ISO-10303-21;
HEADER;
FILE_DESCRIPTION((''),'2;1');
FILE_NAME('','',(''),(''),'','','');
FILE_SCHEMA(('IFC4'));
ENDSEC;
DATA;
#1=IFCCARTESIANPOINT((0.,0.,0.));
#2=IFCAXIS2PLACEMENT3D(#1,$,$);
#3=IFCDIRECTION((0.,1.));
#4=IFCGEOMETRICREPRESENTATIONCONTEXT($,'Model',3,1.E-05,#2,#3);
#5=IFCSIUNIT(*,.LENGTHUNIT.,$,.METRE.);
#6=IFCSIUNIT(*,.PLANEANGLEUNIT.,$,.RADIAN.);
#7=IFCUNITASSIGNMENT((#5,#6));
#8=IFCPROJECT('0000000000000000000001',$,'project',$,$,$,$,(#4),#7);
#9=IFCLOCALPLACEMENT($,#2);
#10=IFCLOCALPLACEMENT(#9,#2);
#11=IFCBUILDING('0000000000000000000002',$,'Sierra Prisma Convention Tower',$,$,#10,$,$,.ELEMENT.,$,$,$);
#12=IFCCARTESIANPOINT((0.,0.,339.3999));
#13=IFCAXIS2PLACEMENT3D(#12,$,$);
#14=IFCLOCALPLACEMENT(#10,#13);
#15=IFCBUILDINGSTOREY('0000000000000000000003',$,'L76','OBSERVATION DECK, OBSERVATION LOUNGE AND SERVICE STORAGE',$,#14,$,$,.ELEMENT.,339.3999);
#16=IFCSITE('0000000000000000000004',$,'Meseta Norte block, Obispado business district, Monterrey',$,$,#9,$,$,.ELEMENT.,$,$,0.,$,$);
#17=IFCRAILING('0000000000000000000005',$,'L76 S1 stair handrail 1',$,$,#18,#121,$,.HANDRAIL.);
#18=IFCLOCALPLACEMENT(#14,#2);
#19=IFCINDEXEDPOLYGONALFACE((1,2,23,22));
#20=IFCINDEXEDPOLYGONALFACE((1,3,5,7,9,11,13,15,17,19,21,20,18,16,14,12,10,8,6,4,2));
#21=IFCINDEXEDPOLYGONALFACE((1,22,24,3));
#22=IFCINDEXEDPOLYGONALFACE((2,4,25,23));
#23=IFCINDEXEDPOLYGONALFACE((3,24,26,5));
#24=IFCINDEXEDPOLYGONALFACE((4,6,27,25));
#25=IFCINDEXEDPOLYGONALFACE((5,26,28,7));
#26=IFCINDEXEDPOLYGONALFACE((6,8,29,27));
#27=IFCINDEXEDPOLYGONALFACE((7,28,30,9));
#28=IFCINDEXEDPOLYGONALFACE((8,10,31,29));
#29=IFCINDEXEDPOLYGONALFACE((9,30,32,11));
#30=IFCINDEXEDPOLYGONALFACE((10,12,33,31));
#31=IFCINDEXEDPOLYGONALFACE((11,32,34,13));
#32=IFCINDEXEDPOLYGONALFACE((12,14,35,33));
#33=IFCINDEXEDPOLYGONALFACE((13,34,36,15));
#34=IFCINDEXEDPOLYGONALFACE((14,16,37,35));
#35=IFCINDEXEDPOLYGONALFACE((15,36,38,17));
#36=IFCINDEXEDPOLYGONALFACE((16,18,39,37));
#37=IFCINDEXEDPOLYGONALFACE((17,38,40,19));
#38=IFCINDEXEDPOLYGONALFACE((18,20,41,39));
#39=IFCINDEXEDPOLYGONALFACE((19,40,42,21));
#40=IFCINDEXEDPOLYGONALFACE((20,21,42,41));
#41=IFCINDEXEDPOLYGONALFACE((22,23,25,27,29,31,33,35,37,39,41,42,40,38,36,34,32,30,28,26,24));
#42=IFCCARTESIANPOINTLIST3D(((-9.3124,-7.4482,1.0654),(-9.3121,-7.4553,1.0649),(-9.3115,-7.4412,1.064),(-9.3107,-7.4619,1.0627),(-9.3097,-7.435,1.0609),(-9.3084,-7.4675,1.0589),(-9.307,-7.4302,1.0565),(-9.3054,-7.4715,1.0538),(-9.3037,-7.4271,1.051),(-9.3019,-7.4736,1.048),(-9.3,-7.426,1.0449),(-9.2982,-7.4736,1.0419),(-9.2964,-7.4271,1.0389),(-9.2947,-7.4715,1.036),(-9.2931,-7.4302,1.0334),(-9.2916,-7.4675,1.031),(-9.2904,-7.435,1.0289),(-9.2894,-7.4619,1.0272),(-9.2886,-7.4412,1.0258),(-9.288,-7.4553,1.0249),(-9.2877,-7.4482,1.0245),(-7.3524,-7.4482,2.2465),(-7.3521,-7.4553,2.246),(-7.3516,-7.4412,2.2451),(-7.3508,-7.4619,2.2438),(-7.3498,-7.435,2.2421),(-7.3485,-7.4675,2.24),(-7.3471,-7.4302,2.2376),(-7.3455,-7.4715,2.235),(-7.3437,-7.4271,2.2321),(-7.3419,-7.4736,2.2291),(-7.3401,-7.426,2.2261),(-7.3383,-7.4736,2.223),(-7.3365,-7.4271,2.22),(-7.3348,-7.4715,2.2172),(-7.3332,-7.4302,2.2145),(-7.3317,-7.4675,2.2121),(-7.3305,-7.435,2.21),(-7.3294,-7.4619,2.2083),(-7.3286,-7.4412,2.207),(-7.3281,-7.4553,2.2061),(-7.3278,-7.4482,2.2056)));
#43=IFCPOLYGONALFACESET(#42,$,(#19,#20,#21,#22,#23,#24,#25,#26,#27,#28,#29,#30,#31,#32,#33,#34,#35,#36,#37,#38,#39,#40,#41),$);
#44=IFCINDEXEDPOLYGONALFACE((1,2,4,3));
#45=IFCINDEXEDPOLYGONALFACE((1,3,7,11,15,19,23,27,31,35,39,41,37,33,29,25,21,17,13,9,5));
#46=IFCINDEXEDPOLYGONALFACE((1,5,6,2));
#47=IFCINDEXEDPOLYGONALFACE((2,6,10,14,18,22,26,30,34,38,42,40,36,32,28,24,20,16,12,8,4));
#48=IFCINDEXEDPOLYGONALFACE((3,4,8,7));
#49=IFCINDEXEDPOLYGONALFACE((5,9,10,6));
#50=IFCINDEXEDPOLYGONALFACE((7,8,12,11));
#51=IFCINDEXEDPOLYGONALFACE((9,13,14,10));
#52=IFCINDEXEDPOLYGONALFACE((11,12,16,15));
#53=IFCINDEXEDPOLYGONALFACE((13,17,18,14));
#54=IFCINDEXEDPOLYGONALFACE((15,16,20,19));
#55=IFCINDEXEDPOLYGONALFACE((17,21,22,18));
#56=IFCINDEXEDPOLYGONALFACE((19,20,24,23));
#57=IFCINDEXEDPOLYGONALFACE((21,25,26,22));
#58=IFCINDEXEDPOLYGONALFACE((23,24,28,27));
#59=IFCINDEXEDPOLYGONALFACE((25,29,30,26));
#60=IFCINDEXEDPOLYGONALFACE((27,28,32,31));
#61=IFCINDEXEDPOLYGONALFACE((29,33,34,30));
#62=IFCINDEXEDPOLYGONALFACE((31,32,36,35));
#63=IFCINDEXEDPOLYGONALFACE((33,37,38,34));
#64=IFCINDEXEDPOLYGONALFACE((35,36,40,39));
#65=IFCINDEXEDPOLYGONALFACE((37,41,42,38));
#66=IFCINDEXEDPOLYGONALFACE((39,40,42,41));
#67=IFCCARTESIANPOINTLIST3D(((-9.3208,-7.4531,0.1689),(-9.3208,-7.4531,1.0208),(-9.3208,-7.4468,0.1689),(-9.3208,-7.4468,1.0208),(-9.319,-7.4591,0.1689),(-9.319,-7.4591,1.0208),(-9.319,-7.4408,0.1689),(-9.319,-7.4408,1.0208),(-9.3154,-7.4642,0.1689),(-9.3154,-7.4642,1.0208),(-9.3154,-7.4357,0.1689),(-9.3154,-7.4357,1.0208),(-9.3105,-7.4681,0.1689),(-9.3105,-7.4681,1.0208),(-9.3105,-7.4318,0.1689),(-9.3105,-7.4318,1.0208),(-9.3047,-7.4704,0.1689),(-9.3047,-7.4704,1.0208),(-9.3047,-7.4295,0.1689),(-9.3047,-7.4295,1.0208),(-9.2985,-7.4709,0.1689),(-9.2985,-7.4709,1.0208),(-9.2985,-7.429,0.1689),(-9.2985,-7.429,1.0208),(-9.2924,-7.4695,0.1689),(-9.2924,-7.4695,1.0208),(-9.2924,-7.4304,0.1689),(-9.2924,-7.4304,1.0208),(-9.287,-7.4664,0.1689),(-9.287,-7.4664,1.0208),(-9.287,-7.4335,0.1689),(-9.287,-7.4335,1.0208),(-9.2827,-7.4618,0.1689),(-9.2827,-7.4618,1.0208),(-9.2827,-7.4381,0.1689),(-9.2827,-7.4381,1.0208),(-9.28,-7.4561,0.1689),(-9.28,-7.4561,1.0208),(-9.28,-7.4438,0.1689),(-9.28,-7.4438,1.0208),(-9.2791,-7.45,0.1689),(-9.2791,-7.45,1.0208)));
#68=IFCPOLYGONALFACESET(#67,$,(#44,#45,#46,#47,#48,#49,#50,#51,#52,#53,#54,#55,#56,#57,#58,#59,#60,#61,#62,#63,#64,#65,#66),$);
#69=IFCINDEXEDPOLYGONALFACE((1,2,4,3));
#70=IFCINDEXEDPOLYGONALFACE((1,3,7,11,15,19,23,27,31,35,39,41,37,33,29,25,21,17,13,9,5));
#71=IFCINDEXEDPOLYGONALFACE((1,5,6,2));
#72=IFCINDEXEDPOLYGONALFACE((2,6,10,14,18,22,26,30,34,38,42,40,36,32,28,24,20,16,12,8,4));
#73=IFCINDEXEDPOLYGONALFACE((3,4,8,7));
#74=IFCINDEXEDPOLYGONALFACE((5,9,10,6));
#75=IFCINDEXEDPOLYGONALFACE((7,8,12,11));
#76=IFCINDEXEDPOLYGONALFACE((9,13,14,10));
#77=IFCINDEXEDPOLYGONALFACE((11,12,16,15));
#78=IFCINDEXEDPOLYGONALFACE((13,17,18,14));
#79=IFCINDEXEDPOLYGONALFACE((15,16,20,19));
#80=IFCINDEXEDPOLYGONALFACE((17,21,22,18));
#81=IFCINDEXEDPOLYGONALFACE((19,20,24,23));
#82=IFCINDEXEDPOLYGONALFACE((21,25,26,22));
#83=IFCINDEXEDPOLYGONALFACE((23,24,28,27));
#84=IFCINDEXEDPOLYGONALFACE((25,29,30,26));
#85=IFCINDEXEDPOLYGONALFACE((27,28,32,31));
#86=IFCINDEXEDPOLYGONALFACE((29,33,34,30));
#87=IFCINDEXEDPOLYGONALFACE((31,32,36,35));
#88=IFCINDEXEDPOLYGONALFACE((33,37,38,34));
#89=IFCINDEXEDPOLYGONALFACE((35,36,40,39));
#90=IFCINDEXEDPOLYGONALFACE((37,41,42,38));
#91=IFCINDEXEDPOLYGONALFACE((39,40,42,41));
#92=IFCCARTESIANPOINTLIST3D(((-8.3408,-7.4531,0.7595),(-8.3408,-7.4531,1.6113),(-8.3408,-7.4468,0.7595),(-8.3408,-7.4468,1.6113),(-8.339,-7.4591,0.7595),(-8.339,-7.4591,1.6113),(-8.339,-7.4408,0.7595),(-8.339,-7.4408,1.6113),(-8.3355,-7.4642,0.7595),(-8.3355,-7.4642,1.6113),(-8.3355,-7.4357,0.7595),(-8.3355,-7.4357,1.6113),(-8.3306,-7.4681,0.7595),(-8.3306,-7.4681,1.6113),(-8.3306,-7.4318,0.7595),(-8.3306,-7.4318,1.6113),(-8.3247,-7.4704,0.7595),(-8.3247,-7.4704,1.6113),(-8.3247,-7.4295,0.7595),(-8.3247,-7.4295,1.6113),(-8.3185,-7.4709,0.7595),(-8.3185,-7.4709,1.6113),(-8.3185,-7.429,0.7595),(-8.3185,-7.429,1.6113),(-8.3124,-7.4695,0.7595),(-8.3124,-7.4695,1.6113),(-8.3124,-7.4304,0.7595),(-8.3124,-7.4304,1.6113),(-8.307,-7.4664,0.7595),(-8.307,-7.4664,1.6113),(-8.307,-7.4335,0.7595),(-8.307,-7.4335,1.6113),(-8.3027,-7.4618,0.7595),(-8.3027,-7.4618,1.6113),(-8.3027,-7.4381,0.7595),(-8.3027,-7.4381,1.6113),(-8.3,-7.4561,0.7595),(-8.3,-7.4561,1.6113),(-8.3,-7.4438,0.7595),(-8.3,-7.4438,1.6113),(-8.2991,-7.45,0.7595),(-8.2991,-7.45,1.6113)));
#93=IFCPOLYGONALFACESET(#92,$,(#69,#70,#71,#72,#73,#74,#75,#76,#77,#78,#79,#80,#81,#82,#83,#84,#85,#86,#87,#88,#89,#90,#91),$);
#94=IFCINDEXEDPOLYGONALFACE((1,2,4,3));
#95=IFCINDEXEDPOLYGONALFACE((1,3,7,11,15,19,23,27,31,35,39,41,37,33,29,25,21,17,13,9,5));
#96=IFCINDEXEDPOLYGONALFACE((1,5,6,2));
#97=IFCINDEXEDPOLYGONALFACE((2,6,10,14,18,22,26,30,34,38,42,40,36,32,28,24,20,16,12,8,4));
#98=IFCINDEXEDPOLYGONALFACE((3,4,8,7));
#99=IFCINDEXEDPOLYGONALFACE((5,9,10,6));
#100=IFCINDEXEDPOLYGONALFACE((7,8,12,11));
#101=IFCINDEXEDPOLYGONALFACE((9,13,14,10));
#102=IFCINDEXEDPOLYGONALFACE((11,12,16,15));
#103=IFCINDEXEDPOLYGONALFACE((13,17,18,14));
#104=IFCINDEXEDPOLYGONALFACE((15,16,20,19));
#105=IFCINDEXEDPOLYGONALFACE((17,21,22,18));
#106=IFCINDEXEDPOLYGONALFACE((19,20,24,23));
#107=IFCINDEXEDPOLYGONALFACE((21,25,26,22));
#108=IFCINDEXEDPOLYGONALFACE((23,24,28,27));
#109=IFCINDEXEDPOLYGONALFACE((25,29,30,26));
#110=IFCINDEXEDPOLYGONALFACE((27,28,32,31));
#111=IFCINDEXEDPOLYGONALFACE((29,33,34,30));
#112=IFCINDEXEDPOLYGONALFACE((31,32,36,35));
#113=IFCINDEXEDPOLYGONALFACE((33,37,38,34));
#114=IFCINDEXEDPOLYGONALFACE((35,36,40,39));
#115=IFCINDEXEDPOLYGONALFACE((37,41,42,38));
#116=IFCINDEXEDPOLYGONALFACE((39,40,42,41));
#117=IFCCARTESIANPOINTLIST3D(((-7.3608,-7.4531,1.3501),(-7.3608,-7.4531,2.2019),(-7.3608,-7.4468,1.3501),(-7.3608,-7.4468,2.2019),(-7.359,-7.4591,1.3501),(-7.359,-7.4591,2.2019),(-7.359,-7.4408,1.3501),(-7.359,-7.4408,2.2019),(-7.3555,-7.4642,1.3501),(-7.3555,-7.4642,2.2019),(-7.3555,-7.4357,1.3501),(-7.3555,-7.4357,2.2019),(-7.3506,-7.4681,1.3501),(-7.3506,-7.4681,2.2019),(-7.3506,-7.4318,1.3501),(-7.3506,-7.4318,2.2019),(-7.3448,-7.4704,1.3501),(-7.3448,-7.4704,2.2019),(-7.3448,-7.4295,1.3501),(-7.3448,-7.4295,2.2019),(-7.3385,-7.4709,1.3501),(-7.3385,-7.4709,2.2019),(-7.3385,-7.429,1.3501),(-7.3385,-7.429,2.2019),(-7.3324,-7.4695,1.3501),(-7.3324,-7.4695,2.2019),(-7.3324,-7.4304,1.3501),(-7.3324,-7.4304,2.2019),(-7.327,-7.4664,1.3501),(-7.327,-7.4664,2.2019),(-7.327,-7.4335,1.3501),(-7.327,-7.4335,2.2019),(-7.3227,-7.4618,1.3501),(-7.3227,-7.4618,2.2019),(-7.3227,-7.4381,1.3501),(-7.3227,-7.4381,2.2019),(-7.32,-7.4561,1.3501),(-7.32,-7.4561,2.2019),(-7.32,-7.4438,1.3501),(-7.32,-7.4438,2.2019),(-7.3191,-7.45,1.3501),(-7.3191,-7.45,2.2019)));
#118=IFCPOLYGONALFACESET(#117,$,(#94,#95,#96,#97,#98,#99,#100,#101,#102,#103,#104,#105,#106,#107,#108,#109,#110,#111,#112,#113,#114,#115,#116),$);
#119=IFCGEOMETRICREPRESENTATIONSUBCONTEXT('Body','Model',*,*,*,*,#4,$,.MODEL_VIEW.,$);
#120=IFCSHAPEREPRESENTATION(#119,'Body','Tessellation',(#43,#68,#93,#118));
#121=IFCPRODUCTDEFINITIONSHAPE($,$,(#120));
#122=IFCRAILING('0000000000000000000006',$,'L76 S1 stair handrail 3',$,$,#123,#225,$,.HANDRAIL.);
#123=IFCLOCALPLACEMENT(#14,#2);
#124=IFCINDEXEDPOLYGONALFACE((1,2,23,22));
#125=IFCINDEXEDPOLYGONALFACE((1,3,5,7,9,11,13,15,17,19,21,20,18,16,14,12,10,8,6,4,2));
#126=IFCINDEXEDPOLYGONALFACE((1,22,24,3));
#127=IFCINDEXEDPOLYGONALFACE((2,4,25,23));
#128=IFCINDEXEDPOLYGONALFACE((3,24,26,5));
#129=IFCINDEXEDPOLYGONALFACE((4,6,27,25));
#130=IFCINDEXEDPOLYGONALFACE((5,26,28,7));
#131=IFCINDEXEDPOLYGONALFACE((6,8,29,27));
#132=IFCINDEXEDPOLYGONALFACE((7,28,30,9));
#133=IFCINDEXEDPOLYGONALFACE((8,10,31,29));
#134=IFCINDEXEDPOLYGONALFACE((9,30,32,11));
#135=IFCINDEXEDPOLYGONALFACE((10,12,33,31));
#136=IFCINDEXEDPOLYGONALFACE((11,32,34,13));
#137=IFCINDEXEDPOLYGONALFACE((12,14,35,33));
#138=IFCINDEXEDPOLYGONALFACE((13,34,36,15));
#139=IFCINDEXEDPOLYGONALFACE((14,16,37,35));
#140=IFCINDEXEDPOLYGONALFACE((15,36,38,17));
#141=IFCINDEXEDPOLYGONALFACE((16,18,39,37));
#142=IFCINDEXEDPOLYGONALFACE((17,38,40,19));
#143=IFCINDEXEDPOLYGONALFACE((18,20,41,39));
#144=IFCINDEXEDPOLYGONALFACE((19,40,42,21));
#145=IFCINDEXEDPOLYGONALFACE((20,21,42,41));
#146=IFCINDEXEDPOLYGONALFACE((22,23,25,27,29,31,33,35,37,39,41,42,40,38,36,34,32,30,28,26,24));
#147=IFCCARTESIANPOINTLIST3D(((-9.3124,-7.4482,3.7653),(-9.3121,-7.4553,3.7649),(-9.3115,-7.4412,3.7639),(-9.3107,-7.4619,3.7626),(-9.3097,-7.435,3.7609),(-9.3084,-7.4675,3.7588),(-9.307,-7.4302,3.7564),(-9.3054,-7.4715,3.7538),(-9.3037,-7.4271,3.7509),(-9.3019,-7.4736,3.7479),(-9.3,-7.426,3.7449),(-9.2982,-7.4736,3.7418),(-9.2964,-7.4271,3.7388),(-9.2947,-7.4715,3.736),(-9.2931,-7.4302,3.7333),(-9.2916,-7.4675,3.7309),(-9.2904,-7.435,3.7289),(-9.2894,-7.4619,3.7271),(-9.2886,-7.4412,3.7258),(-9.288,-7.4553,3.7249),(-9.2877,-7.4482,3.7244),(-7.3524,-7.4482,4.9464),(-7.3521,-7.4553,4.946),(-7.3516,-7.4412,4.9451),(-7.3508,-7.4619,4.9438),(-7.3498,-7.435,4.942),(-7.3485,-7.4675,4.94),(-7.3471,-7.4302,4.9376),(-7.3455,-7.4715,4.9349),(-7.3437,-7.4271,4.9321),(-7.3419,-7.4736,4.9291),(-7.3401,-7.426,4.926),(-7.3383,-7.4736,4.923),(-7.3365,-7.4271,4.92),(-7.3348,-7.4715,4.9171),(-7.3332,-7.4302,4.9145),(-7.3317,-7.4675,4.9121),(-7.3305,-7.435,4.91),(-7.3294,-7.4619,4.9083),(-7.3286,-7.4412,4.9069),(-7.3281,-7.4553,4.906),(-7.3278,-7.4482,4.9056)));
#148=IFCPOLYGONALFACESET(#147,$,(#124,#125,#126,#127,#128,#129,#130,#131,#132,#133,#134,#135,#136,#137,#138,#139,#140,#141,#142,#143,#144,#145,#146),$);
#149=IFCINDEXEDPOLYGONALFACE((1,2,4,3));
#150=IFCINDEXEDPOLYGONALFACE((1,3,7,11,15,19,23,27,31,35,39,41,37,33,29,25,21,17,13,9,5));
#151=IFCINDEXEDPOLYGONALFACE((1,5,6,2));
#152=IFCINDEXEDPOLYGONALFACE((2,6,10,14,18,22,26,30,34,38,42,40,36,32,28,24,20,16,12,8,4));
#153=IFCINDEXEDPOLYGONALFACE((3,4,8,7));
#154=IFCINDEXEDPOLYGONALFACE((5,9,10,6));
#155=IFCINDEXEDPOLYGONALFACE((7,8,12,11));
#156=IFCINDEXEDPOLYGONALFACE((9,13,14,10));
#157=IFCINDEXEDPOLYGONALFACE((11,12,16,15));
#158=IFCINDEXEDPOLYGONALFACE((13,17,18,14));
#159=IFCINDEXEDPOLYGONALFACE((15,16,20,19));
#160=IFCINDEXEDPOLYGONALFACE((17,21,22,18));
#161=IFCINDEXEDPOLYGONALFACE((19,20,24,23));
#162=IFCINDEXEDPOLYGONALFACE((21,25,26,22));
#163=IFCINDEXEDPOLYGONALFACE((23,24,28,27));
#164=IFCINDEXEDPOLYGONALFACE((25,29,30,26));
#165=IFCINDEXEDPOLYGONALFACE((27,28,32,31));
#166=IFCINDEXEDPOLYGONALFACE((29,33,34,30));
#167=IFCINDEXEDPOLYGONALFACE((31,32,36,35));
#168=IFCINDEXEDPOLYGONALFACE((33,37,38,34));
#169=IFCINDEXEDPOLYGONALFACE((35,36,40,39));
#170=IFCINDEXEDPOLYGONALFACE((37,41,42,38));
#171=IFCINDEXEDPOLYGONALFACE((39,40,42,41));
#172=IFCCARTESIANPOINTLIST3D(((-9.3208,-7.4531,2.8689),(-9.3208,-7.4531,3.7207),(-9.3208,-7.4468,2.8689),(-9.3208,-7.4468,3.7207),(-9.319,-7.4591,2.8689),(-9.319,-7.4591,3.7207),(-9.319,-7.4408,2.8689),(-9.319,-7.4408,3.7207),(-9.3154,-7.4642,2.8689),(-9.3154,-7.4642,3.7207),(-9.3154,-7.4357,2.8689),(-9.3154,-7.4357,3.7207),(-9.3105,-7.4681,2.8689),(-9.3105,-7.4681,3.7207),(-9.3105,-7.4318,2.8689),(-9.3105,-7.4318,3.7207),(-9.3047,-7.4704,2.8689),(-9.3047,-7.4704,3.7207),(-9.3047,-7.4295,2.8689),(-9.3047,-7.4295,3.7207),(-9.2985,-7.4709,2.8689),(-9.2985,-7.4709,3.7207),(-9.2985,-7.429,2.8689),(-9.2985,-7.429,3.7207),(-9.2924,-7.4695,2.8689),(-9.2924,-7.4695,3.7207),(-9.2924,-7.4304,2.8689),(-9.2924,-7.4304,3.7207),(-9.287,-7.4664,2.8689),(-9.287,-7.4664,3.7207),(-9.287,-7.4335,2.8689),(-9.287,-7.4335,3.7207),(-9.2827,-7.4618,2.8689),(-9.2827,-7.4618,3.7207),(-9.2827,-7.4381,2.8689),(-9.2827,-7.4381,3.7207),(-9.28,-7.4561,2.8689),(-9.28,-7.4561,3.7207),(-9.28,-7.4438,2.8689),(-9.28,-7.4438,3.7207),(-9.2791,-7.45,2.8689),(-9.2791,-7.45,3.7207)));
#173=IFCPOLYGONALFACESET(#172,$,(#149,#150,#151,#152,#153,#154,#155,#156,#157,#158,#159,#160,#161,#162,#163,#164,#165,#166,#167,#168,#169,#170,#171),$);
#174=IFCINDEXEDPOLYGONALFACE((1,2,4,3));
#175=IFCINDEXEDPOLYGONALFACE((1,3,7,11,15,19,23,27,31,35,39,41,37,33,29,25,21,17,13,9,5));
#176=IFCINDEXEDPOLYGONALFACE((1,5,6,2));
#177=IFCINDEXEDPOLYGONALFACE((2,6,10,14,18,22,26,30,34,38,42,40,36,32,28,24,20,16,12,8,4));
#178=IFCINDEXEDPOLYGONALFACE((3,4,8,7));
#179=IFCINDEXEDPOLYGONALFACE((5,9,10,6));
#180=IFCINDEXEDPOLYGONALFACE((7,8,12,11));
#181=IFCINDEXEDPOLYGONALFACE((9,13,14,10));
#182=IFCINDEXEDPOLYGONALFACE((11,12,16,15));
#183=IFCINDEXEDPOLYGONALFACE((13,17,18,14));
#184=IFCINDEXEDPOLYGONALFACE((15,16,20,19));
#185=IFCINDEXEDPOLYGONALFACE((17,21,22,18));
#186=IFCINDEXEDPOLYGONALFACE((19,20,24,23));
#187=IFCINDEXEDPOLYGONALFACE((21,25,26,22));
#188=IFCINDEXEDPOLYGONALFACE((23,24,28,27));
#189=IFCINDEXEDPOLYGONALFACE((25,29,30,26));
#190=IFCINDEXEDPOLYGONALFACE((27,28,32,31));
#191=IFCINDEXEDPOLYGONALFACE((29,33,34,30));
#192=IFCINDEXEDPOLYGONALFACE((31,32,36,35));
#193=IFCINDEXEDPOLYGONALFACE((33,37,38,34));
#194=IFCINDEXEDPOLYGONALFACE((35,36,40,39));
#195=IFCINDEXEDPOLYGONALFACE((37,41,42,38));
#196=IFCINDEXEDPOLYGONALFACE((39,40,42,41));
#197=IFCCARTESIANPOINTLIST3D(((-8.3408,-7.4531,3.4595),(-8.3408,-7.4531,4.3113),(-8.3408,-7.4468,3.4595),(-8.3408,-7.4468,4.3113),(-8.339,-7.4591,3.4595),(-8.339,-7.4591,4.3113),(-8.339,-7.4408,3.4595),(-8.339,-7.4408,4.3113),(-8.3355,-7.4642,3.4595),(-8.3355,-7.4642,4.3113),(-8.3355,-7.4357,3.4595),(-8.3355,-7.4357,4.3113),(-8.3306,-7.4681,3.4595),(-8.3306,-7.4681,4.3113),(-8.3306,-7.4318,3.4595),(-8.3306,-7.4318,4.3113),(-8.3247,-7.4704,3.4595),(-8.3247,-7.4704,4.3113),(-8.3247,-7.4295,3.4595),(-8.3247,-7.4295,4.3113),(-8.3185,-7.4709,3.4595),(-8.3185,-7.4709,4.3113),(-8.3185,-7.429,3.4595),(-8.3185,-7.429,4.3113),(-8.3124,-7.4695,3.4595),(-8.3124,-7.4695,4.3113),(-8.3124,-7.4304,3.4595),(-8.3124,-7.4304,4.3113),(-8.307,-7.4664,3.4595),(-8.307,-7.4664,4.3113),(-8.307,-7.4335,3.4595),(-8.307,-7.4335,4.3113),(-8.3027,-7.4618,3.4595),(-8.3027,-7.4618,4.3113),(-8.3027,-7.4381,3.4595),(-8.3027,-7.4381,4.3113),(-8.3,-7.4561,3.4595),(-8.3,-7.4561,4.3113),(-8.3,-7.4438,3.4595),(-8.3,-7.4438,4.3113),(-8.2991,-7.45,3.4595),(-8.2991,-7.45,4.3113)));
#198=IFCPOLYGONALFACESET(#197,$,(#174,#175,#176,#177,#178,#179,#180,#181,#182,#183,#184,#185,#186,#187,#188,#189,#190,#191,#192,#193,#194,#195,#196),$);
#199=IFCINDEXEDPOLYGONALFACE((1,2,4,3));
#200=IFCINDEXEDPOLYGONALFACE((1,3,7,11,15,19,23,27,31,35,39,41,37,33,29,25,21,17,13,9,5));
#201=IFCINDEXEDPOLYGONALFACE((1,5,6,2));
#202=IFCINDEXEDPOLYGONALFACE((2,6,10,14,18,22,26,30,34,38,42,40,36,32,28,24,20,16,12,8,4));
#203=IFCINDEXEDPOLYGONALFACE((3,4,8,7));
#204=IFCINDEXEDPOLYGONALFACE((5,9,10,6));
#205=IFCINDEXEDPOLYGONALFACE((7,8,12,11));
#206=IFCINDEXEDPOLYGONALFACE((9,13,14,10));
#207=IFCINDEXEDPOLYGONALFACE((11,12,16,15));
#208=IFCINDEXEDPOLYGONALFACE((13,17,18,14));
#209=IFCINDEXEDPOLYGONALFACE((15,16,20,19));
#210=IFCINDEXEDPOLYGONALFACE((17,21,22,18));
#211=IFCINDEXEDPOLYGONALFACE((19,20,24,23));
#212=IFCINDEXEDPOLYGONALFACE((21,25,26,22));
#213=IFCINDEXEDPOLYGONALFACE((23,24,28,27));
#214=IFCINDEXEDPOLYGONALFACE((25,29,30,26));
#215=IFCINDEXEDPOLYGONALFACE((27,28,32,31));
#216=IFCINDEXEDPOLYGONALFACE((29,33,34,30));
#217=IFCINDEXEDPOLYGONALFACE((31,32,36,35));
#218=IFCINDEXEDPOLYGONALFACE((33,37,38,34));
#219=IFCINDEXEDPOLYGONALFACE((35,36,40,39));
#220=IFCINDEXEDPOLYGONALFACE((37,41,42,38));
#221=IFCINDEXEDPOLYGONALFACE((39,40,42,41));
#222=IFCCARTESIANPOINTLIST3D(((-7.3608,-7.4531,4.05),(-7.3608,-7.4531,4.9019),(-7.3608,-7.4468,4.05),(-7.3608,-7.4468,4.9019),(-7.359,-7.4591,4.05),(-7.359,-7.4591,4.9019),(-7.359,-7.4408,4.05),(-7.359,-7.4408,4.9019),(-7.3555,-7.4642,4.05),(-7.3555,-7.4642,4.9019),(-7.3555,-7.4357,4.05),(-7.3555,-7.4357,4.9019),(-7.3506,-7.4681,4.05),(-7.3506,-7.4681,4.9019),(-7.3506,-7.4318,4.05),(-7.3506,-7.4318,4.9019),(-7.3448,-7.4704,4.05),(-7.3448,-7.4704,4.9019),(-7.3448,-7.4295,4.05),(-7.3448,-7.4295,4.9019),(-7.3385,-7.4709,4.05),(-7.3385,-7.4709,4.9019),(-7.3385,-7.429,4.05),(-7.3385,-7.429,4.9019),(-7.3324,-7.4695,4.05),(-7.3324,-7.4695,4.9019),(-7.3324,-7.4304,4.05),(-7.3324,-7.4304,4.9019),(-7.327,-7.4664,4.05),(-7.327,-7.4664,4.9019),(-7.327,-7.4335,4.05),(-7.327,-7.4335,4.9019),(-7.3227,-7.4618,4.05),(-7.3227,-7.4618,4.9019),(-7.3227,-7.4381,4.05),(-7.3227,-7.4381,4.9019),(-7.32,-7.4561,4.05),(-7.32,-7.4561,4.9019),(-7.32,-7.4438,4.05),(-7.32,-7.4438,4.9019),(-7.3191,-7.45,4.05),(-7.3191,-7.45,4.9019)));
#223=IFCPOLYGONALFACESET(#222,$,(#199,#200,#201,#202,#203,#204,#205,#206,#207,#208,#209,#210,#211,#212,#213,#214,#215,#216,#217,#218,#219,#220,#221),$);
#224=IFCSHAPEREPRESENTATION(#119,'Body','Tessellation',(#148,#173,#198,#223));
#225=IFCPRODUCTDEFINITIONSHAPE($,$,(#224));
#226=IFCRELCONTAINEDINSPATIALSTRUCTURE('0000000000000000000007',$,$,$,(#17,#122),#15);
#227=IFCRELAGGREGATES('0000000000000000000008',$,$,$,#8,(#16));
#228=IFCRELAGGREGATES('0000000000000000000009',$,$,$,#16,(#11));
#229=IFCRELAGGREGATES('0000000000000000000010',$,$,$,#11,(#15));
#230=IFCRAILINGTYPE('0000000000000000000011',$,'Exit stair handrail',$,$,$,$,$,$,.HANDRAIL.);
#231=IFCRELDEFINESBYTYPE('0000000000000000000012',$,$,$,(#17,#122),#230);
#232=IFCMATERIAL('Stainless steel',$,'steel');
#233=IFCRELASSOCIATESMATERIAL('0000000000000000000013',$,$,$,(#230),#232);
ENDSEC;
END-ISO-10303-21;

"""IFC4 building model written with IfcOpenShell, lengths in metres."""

from ifc_helpers import new_model, si_unit, direction, frame, origin, origin_2d, place, context, subcontext, project, spatial, circle, extrude, material, type_object, element, save


model = new_model("IFC4")

# Units and contexts
model_context = context("Model", 3, precision=1e-05, world=origin(), true_north=direction((0.0, 1.0)))
body_context = subcontext(model_context, "Body", "Model", "MODEL_VIEW")
ifc_project = project(units=[si_unit("LENGTHUNIT", "METRE"), si_unit("PLANEANGLEUNIT", "RADIAN")], contexts=[model_context])

# Site, building, storey
site_placement = place(None, origin())
site = spatial("IfcSite", under=ifc_project, at=site_placement, Name="Meseta Norte block, Obispado business district, Monterrey", CompositionType="ELEMENT", RefElevation=0.0)
building_placement = place(site_placement, origin())
building = spatial("IfcBuilding", under=site, at=building_placement, Name="Sierra Prisma Convention Tower", CompositionType="ELEMENT")
storey_placement = place(building_placement, frame((0.0, 0.0, 339.3999)))
storey = spatial("IfcBuildingStorey", under=building, at=storey_placement, Name="L76", Description="OBSERVATION DECK, OBSERVATION LOUNGE AND SERVICE STORAGE", CompositionType="ELEMENT", Elevation=339.3999)

# Railings
ifc_material_1 = material(Name="Stainless steel", Category="steel")
railing_type_1 = type_object("IfcRailingType", Name="Exit stair handrail", PredefinedType="HANDRAIL", material=ifc_material_1)
for number, where, name in (
    (1, (-9.3, -7.45, 0.1689), "L76 S1 stair handrail 1"),
    (2, (-9.3, -7.45, 2.8689), "L76 S1 stair handrail 3"),
):
    element("IfcRailing", number, at=place(storey_placement, frame(where)), inside=storey, type_object=railing_type_1, Name=name, PredefinedType="HANDRAIL", context=body_context, shape_type="SweptSolid", body=[
        extrude(circle(Radius=0.0239, at=origin_2d()), frame((0.0, 0.0, 0.876), z_axis=(0.856493, 0.0, 0.516158), x_axis=(0.0, 1.0, 0.0)), (0.0, 0.0, 1.0), 2.2883),
        extrude(circle(Radius=0.021, at=origin_2d()), origin(), (0.0, 0.0, 1.0), 0.8518),
        extrude(circle(Radius=0.021, at=origin_2d()), frame((0.98, 0.0, 0.5906)), (0.0, 0.0, 1.0), 0.8518),
        extrude(circle(Radius=0.021, at=origin_2d()), frame((1.96, 0.0, 1.1812)), (0.0, 0.0, 1.0), 0.8518),
    ])

save(model, "model.ifc")
